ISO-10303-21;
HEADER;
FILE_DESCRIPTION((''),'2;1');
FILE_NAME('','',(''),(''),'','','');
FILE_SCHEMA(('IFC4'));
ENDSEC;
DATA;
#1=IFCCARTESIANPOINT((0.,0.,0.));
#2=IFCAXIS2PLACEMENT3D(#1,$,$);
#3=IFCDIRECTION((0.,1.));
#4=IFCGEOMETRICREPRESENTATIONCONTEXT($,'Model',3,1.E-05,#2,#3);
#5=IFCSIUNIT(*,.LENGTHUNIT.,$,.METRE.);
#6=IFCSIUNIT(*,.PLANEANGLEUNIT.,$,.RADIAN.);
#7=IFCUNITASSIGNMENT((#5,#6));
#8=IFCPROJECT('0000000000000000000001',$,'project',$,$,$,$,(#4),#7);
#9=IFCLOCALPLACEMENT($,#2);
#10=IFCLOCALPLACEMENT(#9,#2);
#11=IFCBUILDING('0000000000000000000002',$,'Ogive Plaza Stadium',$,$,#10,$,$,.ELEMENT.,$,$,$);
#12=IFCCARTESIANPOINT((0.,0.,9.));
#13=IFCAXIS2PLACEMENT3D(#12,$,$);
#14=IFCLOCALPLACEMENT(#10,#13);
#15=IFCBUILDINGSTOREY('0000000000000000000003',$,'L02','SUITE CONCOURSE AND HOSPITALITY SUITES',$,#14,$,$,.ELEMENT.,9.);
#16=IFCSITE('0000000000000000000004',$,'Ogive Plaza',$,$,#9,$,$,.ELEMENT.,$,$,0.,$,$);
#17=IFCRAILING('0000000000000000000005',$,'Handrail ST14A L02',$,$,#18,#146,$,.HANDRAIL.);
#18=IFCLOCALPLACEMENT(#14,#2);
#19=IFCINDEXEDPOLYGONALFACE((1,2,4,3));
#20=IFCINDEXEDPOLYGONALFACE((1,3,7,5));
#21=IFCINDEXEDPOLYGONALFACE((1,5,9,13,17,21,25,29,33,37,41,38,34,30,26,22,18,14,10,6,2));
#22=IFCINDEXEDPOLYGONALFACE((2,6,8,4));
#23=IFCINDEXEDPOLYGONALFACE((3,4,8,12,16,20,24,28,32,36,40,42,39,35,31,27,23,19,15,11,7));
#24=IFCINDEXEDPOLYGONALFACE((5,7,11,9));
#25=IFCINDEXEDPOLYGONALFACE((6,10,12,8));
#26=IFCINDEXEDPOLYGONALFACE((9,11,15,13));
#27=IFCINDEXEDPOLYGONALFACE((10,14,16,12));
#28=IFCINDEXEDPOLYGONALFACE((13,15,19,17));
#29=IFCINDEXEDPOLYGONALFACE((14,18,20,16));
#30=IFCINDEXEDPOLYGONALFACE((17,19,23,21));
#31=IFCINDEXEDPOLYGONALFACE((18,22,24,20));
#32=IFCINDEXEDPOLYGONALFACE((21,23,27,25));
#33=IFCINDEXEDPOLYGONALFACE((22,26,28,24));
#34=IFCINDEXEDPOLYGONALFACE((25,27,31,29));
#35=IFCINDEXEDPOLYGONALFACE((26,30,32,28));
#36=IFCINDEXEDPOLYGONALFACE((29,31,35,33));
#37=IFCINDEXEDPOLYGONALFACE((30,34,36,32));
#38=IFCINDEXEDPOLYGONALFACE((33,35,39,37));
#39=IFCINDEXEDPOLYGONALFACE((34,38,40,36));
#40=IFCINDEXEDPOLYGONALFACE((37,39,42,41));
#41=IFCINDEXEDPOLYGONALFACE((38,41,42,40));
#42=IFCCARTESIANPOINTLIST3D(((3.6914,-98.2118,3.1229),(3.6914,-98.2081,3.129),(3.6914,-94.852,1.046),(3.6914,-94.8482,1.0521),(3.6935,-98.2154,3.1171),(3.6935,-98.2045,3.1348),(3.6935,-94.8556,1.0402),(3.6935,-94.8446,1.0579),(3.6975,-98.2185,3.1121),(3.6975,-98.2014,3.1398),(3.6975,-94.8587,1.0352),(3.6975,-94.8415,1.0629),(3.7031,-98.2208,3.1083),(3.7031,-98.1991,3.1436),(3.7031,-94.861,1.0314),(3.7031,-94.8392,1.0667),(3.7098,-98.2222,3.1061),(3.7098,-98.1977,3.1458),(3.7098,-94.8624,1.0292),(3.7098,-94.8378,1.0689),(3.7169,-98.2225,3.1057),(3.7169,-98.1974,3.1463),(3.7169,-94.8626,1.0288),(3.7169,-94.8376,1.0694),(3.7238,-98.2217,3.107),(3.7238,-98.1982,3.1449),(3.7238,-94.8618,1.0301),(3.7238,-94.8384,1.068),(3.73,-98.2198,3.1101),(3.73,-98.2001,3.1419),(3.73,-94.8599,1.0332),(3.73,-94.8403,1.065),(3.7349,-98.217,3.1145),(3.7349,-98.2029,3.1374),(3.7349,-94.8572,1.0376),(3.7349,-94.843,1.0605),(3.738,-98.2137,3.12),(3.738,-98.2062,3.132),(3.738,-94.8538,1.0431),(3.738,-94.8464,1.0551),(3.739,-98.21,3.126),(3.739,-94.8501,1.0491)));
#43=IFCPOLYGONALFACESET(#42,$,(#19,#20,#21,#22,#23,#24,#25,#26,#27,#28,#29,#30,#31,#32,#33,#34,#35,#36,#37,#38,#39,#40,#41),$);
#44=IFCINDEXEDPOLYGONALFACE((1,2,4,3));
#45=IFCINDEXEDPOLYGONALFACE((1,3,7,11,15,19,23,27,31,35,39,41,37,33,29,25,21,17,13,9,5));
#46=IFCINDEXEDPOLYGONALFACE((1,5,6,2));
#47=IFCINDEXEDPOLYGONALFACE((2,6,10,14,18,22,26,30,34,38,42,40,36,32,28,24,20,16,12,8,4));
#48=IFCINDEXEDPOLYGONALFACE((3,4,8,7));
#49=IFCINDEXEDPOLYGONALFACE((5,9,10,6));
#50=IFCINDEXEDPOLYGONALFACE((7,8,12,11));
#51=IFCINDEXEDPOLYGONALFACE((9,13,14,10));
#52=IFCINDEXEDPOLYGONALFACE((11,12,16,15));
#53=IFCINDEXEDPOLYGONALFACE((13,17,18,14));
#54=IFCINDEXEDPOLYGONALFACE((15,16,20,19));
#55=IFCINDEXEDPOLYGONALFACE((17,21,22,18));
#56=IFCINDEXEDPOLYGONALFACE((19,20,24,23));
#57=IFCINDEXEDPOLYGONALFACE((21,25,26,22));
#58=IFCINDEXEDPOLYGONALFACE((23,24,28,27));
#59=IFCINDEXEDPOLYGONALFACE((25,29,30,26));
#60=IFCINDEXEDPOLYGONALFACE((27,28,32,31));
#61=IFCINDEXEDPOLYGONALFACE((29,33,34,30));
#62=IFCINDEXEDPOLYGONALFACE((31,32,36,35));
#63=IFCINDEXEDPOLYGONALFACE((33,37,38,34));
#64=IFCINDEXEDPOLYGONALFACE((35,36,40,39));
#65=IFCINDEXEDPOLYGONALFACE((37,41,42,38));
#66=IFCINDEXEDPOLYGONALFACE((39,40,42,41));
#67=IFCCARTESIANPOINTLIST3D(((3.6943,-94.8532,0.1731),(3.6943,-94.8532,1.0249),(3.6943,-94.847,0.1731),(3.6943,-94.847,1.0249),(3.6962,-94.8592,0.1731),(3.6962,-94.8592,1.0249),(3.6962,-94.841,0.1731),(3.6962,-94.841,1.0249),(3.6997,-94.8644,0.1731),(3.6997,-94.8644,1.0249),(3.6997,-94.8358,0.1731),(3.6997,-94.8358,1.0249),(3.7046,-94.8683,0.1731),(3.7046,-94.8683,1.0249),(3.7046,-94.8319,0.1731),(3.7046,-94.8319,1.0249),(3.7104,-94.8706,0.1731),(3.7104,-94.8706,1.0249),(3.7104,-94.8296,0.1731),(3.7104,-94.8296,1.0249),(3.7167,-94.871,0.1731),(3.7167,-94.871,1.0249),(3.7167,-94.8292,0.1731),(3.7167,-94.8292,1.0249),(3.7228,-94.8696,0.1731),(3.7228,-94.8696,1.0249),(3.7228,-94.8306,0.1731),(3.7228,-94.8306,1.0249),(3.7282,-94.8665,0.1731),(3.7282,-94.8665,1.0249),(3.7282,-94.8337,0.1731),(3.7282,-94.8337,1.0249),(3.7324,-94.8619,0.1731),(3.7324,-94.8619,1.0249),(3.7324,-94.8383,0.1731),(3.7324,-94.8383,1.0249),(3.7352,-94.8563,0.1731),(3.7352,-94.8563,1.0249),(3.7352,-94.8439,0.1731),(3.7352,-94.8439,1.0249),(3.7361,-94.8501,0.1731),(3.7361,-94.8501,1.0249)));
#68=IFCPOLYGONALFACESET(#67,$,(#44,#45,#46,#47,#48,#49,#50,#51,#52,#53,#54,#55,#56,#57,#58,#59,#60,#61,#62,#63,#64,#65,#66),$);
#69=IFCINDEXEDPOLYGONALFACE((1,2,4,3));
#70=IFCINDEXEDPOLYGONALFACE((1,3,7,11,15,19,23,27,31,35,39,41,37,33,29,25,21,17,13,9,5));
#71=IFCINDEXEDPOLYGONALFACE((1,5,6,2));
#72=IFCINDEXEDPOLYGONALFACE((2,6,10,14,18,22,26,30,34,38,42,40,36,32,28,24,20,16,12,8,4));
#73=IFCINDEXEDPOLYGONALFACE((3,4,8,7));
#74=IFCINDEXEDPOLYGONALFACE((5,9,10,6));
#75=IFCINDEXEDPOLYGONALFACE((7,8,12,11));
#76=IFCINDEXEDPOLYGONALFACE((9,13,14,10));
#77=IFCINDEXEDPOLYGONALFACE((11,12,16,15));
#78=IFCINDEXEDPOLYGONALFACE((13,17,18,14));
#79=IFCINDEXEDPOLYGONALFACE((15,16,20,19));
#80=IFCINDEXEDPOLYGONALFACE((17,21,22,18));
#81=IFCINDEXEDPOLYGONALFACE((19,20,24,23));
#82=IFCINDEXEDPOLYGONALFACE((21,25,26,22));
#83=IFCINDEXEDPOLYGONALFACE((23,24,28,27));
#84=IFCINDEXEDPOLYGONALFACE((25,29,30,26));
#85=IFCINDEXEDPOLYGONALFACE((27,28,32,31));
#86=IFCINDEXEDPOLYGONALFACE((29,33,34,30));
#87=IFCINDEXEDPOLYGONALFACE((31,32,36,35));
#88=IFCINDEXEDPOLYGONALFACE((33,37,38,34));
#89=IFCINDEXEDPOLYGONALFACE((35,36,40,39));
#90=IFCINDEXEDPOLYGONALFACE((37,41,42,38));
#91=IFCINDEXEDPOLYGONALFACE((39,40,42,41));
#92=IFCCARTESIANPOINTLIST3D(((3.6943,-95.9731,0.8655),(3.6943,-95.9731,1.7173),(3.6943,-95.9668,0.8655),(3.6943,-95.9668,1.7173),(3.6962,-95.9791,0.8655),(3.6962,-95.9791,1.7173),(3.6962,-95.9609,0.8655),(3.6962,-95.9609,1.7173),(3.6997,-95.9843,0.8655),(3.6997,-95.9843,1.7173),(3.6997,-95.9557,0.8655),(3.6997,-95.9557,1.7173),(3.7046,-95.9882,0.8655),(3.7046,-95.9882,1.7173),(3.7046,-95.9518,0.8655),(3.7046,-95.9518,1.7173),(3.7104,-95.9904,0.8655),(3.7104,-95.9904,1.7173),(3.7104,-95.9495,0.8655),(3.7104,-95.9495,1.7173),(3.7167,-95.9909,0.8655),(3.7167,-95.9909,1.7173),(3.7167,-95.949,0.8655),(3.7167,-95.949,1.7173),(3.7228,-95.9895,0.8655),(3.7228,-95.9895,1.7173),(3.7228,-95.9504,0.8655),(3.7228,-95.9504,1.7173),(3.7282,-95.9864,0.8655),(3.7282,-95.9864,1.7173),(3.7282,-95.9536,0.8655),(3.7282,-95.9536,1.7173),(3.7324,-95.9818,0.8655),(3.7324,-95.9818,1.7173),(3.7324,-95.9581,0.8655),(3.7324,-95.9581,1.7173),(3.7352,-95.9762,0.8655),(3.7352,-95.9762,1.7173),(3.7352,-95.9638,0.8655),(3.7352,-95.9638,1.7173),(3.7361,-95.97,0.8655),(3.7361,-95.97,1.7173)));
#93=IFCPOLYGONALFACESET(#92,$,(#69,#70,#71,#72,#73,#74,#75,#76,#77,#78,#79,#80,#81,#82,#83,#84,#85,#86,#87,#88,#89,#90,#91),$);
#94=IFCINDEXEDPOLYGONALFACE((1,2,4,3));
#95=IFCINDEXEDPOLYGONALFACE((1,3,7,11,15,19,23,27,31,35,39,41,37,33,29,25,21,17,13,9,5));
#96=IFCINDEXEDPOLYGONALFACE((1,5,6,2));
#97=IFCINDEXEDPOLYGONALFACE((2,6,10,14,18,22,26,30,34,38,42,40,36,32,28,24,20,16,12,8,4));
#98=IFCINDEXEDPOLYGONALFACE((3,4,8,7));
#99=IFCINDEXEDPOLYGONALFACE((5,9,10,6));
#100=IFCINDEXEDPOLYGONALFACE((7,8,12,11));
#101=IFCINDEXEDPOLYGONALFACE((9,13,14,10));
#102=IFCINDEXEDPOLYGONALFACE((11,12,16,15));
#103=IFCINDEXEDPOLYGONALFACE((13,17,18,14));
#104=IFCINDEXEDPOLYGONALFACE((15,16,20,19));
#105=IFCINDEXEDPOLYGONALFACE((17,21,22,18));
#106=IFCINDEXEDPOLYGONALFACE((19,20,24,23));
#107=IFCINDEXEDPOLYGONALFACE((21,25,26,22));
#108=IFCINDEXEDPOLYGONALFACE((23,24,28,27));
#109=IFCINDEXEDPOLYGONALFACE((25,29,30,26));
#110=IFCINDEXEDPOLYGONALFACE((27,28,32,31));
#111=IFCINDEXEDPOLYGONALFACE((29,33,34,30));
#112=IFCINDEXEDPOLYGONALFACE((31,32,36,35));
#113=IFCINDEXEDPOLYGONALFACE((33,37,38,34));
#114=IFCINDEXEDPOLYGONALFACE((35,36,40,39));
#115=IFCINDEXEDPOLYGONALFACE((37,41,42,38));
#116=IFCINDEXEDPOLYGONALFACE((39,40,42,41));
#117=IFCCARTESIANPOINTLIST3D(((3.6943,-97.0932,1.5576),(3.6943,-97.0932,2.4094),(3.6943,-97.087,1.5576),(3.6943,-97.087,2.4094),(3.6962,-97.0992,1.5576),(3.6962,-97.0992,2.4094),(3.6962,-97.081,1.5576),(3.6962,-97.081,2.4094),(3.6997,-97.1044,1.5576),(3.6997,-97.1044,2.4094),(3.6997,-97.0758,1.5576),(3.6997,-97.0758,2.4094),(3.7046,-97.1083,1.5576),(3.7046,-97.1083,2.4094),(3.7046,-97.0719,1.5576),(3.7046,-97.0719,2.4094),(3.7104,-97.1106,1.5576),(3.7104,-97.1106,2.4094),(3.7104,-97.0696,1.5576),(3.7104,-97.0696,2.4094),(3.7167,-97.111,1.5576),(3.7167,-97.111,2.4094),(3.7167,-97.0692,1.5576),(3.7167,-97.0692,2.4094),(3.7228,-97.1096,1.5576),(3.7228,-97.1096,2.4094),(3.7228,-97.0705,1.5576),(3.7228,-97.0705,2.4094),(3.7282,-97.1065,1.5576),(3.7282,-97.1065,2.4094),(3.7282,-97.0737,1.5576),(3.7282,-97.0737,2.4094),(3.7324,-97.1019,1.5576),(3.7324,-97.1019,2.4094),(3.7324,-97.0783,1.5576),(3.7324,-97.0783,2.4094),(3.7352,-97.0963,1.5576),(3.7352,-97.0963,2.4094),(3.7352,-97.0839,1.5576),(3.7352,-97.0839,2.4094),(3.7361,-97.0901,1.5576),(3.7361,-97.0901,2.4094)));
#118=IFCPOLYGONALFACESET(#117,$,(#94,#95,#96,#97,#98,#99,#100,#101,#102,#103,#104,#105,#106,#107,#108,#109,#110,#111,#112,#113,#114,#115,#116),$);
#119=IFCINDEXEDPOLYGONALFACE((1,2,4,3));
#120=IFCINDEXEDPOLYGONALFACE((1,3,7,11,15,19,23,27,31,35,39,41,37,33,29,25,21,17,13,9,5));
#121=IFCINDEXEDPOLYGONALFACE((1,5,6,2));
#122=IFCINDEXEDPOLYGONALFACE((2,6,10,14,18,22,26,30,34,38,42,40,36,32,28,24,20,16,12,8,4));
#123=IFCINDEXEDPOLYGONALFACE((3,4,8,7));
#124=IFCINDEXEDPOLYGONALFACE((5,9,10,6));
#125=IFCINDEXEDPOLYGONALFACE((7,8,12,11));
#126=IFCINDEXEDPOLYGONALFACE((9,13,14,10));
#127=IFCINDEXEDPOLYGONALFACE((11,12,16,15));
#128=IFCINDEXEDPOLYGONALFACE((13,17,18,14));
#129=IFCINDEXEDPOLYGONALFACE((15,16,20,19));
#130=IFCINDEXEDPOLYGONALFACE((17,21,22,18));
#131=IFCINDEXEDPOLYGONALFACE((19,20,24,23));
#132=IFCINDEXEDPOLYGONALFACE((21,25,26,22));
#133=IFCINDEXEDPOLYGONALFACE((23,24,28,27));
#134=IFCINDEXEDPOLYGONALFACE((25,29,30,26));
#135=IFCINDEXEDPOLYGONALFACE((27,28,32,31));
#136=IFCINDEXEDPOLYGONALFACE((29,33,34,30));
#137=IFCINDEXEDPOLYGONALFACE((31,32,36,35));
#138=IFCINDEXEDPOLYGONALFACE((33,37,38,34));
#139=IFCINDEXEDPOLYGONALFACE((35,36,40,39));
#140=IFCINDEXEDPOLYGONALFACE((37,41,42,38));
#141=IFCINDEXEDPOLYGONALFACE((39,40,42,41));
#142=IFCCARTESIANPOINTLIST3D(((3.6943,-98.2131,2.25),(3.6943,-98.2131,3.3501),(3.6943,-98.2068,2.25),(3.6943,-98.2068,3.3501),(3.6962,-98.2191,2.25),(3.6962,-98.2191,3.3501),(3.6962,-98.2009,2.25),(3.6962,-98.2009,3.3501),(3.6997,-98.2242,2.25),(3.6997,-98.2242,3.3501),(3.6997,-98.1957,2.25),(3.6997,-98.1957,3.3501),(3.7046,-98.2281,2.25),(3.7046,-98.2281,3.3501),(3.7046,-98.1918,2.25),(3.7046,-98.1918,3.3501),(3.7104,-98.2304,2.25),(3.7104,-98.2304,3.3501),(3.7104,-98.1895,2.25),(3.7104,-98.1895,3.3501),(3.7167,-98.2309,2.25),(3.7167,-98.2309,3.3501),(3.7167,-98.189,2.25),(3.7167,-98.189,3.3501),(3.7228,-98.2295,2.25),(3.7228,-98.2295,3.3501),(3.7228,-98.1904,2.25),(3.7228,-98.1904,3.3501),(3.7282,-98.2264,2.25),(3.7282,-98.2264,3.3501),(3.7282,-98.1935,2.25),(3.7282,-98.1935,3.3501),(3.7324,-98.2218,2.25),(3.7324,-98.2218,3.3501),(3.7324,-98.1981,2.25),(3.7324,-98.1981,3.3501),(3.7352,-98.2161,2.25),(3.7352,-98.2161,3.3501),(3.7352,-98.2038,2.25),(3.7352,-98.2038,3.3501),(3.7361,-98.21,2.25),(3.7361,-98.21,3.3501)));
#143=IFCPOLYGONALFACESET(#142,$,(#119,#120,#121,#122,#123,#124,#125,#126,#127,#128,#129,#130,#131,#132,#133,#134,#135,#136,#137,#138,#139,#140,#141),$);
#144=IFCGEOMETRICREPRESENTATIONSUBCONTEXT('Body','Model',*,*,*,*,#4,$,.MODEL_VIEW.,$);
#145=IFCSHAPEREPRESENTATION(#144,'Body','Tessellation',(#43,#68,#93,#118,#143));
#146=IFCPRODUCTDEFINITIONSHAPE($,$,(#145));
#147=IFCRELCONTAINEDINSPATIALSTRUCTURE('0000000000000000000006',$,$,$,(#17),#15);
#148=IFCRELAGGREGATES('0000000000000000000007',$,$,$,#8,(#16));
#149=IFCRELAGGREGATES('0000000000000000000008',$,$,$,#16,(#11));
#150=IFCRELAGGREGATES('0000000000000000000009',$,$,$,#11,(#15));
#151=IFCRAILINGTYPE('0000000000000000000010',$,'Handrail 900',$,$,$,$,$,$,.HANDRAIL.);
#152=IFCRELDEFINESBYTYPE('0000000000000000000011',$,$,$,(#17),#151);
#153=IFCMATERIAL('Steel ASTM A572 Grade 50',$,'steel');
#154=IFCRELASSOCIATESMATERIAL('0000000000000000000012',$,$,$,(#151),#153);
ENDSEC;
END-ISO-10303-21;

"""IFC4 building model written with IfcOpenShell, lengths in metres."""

from ifc_helpers import new_model, si_unit, direction, frame, origin, origin_2d, place, context, subcontext, project, spatial, circle, extrude, material, type_object, element, save


model = new_model("IFC4")

# Units and contexts
model_context = context("Model", 3, precision=1e-05, world=origin(), true_north=direction((0.0, 1.0)))
body_context = subcontext(model_context, "Body", "Model", "MODEL_VIEW")
ifc_project = project(units=[si_unit("LENGTHUNIT", "METRE"), si_unit("PLANEANGLEUNIT", "RADIAN")], contexts=[model_context])

# Site, building, storey
site_placement = place(None, origin())
site = spatial("IfcSite", under=ifc_project, at=site_placement, Name="Ogive Plaza", CompositionType="ELEMENT", RefElevation=0.0)
building_placement = place(site_placement, origin())
building = spatial("IfcBuilding", under=site, at=building_placement, Name="Ogive Plaza Stadium", CompositionType="ELEMENT")
storey_placement = place(building_placement, frame((0.0, 0.0, 9.0)))
storey = spatial("IfcBuildingStorey", under=building, at=storey_placement, Name="L02", Description="SUITE CONCOURSE AND HOSPITALITY SUITES", CompositionType="ELEMENT", Elevation=9.0)

# Railing
ifc_material_1 = material(Name="Steel ASTM A572 Grade 50", Category="steel")
railing_type_1 = type_object("IfcRailingType", Name="Handrail 900", PredefinedType="HANDRAIL", material=ifc_material_1)
for number, where, name in (
    (1, (3.7151, -94.8501, 0.1731), "Handrail ST14A L02"),
):
    element("IfcRailing", number, at=place(storey_placement, frame(where)), inside=storey, type_object=railing_type_1, Name=name, PredefinedType="HANDRAIL", context=body_context, shape_type="SweptSolid", body=[
        extrude(circle(Radius=0.0239, at=origin_2d()), frame((0.0, 0.0, 0.876), z_axis=(0.0, -0.850606, 0.525803), x_axis=(1.0, 0.0, 0.0)), (0.0, 0.0, 1.0), 3.95),
        extrude(circle(Radius=0.021, at=origin_2d()), origin(), (0.0, 0.0, 1.0), 0.8518),
        extrude(circle(Radius=0.021, at=origin_2d()), frame((0.0, -1.1199, 0.6924)), (0.0, 0.0, 1.0), 0.8518),
        extrude(circle(Radius=0.021, at=origin_2d()), frame((0.0, -2.24, 1.3845)), (0.0, 0.0, 1.0), 0.8518),
        extrude(circle(Radius=0.021, at=origin_2d()), frame((0.0, -3.3599, 2.0769)), (0.0, 0.0, 1.0), 1.1001),
    ])

save(model, "model.ifc")
